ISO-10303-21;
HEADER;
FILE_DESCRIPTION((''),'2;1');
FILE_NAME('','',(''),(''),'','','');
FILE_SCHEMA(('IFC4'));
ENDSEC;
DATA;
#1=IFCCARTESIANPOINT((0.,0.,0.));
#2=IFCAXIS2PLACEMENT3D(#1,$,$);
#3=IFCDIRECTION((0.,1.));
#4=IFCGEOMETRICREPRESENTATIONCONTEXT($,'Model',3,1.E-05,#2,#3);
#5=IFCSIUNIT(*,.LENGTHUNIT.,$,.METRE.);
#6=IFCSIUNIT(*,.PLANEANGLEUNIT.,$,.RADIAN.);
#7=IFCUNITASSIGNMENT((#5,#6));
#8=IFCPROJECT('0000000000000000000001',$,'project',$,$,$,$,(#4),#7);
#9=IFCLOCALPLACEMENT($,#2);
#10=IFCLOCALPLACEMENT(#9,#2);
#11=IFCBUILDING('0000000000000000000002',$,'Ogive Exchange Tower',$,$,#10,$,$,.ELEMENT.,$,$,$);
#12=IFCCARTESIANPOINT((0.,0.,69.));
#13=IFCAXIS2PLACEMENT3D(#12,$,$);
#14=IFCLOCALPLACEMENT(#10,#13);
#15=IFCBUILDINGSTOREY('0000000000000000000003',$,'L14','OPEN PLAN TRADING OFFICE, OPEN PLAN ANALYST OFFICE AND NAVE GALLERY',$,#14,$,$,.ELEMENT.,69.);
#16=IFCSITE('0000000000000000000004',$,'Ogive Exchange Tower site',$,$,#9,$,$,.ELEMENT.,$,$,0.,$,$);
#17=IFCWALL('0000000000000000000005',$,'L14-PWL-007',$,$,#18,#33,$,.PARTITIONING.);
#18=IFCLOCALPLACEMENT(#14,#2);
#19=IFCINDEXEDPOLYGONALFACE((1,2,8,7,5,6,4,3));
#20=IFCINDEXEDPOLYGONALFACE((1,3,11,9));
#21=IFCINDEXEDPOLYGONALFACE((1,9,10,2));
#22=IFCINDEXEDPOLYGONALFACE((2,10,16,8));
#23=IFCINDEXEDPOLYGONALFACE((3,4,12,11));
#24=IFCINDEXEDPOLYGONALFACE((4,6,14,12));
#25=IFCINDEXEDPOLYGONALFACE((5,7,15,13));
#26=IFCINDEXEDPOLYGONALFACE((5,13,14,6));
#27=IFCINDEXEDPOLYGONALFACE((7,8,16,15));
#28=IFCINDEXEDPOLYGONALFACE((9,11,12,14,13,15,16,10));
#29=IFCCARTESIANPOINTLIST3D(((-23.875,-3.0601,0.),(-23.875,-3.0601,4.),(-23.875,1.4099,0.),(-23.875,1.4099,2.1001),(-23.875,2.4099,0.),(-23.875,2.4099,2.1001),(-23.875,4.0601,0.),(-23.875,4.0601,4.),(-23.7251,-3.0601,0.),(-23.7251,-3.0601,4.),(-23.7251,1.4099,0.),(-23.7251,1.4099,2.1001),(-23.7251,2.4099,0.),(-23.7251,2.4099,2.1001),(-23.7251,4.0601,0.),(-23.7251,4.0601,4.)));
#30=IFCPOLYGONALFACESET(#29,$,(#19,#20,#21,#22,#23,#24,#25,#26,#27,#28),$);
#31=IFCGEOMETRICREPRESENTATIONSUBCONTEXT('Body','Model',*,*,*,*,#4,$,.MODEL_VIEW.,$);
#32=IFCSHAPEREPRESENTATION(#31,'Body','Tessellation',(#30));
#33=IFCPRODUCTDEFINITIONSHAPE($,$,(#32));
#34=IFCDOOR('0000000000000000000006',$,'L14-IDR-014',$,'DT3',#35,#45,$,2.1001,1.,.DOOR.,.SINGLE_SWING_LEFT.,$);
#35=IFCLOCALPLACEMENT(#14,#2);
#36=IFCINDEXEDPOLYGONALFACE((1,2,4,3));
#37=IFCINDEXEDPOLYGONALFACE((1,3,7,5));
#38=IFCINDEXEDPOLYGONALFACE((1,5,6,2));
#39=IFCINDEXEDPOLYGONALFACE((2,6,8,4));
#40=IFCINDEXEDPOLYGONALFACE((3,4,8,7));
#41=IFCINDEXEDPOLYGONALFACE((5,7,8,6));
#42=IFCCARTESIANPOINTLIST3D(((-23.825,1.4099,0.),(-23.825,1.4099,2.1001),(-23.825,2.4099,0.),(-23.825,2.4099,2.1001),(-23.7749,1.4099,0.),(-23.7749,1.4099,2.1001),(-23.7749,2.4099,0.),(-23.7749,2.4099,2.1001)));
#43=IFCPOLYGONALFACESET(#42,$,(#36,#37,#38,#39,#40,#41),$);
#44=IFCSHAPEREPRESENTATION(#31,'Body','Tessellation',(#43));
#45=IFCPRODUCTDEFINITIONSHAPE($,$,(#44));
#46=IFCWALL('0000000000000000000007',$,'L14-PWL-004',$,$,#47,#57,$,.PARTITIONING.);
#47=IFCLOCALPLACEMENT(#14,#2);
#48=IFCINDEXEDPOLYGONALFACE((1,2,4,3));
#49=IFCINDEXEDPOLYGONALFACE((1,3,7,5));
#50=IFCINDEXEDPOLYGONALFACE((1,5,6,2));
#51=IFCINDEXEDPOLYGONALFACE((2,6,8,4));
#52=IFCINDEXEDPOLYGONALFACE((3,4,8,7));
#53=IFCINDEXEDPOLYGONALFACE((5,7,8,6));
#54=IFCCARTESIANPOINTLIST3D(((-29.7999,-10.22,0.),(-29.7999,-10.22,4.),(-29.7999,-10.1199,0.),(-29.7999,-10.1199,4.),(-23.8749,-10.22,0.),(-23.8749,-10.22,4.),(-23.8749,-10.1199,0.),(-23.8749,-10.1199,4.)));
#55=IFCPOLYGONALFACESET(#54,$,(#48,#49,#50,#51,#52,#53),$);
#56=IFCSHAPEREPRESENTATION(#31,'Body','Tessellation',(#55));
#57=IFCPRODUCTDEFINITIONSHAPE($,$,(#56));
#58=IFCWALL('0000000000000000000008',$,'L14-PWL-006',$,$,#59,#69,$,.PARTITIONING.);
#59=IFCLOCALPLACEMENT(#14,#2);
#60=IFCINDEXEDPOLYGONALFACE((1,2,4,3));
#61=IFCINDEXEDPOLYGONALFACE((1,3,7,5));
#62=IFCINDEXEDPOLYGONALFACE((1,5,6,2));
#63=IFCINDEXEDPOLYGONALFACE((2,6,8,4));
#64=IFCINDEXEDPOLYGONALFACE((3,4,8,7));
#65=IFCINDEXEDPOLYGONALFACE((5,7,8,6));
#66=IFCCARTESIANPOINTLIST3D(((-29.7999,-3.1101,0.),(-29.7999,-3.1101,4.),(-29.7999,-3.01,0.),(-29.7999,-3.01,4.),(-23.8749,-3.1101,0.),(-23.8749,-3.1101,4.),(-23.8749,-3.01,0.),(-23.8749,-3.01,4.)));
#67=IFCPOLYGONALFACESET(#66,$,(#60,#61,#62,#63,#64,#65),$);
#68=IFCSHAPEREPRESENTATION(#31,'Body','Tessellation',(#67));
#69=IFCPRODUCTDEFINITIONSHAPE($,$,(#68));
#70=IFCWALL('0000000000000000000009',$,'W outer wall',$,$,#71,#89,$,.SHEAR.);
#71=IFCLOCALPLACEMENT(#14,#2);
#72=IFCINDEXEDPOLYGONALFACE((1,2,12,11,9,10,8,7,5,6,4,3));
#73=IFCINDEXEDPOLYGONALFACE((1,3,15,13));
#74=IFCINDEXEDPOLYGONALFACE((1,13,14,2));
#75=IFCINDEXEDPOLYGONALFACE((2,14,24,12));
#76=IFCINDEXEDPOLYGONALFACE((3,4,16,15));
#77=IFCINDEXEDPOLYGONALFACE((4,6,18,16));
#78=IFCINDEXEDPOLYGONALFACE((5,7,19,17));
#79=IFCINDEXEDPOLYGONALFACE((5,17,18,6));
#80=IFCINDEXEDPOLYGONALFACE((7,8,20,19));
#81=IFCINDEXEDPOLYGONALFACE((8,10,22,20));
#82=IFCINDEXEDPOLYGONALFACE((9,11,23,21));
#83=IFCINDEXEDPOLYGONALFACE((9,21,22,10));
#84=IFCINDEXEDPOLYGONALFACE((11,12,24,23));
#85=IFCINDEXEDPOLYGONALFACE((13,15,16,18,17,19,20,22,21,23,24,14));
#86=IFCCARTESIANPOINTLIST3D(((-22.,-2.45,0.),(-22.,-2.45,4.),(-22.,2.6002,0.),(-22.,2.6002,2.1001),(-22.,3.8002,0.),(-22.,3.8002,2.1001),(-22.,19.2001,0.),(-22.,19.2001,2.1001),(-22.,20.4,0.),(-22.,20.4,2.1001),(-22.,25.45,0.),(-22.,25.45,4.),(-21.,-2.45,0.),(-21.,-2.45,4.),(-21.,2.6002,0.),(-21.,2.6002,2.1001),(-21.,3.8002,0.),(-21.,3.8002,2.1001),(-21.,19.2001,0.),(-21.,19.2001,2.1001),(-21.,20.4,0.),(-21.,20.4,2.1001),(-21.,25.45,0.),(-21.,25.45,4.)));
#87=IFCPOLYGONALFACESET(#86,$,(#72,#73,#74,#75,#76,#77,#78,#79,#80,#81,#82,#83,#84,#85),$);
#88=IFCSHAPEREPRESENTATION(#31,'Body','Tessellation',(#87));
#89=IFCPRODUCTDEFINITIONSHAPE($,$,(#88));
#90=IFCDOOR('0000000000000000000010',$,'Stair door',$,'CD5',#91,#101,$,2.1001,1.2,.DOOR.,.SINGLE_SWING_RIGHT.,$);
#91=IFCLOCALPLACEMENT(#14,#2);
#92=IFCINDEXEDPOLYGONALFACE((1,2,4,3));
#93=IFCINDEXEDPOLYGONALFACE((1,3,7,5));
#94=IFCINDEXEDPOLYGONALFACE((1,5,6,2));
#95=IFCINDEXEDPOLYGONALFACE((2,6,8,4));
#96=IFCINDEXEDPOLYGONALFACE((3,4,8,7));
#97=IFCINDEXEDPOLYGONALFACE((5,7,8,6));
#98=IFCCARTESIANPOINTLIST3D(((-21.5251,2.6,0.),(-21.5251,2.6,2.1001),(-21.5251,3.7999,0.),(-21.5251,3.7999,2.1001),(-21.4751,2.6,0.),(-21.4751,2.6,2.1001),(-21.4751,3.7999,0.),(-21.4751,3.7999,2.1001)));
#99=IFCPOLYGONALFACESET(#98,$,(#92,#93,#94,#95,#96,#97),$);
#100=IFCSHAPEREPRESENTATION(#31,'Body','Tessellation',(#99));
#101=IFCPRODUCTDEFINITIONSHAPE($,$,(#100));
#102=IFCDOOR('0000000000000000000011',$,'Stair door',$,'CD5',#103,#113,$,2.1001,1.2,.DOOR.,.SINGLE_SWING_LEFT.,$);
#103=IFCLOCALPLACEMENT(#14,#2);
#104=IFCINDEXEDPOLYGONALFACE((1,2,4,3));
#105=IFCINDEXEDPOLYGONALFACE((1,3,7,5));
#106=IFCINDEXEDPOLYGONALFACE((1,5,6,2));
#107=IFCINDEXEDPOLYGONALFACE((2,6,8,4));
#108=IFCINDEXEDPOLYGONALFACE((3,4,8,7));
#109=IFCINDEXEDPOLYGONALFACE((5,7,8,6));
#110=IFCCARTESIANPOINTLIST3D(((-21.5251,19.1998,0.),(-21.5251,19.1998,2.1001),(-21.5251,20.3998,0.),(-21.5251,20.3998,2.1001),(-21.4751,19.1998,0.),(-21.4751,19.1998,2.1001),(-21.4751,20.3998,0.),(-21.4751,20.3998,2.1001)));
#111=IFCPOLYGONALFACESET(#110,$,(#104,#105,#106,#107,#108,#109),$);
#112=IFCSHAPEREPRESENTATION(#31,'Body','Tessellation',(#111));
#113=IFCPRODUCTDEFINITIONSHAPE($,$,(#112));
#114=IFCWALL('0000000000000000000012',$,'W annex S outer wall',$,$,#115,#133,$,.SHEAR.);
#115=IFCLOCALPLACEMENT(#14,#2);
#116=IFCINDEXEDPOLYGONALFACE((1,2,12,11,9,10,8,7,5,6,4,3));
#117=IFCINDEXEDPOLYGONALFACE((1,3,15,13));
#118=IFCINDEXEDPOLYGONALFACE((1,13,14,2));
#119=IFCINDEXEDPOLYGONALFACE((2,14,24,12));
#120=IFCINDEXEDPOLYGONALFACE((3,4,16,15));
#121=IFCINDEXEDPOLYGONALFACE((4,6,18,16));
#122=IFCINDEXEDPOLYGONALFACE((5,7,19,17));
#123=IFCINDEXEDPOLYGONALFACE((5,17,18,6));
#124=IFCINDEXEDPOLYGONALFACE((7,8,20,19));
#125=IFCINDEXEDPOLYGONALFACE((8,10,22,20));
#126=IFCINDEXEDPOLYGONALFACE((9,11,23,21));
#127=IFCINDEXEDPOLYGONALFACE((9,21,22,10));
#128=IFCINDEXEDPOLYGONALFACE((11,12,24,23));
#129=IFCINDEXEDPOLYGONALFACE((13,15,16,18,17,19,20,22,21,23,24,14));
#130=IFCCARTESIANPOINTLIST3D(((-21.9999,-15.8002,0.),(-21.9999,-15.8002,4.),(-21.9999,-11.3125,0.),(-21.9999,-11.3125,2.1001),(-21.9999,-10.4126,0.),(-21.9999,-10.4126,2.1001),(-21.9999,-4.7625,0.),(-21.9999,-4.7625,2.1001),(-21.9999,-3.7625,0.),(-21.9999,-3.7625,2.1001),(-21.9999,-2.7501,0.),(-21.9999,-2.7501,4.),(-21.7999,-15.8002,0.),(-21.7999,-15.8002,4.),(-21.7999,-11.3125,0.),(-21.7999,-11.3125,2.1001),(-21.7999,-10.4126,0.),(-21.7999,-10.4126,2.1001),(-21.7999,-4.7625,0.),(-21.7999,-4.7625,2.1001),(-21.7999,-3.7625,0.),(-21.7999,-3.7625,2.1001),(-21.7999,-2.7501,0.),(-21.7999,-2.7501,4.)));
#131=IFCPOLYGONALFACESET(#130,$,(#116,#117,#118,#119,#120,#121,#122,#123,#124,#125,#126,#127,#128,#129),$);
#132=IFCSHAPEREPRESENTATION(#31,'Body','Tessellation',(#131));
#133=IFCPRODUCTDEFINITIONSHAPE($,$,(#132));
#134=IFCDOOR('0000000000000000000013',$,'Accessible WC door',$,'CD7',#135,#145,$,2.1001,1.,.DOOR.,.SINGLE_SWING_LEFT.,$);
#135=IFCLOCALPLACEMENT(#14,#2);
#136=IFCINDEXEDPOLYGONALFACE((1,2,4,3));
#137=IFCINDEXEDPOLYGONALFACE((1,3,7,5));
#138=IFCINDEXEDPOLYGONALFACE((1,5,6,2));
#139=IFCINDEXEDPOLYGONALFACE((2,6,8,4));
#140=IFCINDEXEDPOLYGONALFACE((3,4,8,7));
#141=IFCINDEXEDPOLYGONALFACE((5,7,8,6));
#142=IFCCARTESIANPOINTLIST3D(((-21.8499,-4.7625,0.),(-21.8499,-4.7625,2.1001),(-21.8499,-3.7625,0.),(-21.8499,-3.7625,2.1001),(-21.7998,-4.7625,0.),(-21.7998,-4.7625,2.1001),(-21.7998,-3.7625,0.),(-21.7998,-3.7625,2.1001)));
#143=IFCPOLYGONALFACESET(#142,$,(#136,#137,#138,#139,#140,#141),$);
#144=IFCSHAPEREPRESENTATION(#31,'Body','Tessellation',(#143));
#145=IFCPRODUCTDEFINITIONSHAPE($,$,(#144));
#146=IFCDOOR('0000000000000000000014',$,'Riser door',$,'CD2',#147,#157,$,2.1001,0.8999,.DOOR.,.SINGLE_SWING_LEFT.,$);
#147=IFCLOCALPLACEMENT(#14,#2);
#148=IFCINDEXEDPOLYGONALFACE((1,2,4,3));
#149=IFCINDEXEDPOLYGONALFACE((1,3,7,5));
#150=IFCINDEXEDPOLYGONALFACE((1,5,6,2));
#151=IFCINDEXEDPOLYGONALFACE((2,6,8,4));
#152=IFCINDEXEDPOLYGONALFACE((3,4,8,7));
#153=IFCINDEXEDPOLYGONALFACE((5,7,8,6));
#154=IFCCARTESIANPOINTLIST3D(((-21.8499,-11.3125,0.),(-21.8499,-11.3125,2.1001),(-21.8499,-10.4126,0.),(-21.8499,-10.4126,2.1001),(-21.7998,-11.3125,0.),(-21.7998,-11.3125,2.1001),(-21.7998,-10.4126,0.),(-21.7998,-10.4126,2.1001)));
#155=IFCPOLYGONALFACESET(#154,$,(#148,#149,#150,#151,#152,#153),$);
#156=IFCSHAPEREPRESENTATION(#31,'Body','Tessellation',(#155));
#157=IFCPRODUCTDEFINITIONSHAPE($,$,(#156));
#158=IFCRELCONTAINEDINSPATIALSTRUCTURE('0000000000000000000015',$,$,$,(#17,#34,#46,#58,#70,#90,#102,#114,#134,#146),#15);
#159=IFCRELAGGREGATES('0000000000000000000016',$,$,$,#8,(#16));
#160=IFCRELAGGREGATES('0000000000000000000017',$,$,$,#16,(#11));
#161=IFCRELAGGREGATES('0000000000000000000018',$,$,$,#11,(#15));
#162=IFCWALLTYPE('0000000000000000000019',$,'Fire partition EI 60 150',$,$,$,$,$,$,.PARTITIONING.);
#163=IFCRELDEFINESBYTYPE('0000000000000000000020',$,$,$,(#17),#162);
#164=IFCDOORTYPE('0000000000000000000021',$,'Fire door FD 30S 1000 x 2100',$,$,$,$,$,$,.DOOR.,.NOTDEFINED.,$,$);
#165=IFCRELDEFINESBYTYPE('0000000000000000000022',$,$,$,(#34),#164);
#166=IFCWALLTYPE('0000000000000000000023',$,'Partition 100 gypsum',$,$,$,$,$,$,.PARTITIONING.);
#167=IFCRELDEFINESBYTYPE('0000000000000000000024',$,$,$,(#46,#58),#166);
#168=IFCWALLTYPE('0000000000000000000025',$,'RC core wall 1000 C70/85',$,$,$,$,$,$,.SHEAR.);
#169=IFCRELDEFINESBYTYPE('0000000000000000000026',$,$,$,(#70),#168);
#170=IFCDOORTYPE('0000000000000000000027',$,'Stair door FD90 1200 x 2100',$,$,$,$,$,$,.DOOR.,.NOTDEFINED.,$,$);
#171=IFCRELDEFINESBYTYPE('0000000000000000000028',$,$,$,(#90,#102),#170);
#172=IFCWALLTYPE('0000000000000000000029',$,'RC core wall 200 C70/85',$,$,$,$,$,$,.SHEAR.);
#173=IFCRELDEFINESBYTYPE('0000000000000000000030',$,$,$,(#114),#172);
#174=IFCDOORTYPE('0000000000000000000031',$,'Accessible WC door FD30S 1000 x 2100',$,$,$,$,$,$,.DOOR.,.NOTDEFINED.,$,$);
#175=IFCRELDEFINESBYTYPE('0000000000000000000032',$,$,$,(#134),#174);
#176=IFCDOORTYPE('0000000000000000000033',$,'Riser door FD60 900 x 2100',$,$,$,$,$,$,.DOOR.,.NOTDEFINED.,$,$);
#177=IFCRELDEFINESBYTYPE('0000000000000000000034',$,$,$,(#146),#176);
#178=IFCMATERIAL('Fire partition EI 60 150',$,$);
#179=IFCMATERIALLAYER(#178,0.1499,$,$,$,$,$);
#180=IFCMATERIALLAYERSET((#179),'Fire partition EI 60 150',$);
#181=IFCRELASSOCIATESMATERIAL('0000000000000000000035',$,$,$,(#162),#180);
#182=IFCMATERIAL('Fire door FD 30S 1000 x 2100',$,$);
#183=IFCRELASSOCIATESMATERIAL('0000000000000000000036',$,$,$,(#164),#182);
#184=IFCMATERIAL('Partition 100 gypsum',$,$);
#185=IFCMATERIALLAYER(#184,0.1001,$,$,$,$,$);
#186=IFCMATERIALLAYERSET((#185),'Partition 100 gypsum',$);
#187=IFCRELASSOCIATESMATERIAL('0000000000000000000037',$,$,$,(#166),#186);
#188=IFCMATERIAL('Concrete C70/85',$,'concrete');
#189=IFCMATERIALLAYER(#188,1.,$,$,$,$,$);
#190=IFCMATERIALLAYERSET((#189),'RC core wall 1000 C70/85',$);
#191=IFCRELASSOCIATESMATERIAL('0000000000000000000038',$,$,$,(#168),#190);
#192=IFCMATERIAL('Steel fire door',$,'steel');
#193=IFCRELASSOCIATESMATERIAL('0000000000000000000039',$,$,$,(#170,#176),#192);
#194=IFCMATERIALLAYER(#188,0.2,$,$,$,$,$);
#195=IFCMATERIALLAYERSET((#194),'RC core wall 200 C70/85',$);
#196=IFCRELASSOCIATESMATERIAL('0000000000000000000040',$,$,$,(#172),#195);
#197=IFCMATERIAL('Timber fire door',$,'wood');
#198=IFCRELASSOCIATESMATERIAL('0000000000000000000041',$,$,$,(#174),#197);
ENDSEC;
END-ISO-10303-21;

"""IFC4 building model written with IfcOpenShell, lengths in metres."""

from ifc_helpers import new_model, si_unit, direction, frame, frame_2d, origin, place, context, subcontext, project, spatial, rectangle, extrude, material, layer, layer_set, type_object, element, fill, save


model = new_model("IFC4")

# Units and contexts
model_context = context("Model", 3, precision=1e-05, world=origin(), true_north=direction((0.0, 1.0)))
body_context = subcontext(model_context, "Body", "Model", "MODEL_VIEW")
ifc_project = project(units=[si_unit("LENGTHUNIT", "METRE"), si_unit("PLANEANGLEUNIT", "RADIAN")], contexts=[model_context])

# Site, building, storey
site_placement = place(None, origin())
site = spatial("IfcSite", under=ifc_project, at=site_placement, Name="Ogive Exchange Tower site", CompositionType="ELEMENT", RefElevation=0.0)
building_placement = place(site_placement, origin())
building = spatial("IfcBuilding", under=site, at=building_placement, Name="Ogive Exchange Tower", CompositionType="ELEMENT")
storey_placement = place(building_placement, frame((0.0, 0.0, 69.0)))
storey = spatial("IfcBuildingStorey", under=building, at=storey_placement, Name="L14", Description="OPEN PLAN TRADING OFFICE, OPEN PLAN ANALYST OFFICE AND NAVE GALLERY", CompositionType="ELEMENT", Elevation=69.0)

# Wall, opening, door
ifc_material_1 = material(Name="Fire partition EI 60 150")
ifc_layer_1 = layer(ifc_material_1, 0.1499)
ifc_layer_set_1 = layer_set([ifc_layer_1], Name="Fire partition EI 60 150")
wall_type_1 = type_object("IfcWallType", Name="Fire partition EI 60 150", PredefinedType="PARTITIONING", material=ifc_layer_set_1)
ifc_material_2 = material(Name="Fire door FD 30S 1000 x 2100")
door_type_1 = type_object("IfcDoorType", Name="Fire door FD 30S 1000 x 2100", OperationType="NOTDEFINED", PredefinedType="DOOR", material=ifc_material_2)
wall_1_placement = place(storey_placement, frame((-23.8, -3.0601, 0.0), z_axis=(0.0, 0.0, 1.0), x_axis=(0.0, 1.0, 0.0)))
wall_1 = element("IfcWall", 1, at=wall_1_placement, inside=storey, type_object=wall_type_1, Name="L14-PWL-007", PredefinedType="PARTITIONING", context=body_context, shape_type="SweptSolid", body=[
    extrude(rectangle(XDim=7.1201, YDim=0.1499, at=frame_2d((3.5601, 0.0))), origin(), (0.0, 0.0, 1.0), 4.0),
])
opening_1_placement = place(wall_1_placement, frame((4.47, 0.0, 0.0)))
opening_1 = element("IfcOpeningElement", 2, at=opening_1_placement, cuts=wall_1, PredefinedType="OPENING", context=body_context, shape_type="SweptSolid", body=[
    extrude(rectangle(XDim=1.0, YDim=2.1001, at=frame_2d((0.5, 1.05))), frame((0.0, 0.085, 0.0), z_axis=(0.0, -1.0, 0.0), x_axis=(1.0, 0.0, 0.0)), (0.0, 0.0, 1.0), 0.1699),
])
door_1_placement = place(opening_1_placement, origin())
door_1 = element("IfcDoor", 3, at=door_1_placement, inside=storey, type_object=door_type_1, Name="L14-IDR-014", ObjectType="DT3", OperationType="SINGLE_SWING_LEFT", OverallHeight=2.1001, OverallWidth=1.0, PredefinedType="DOOR", context=body_context, shape_type="SweptSolid", body=[
    extrude(rectangle(XDim=1.0, YDim=2.1001, at=frame_2d((0.5, 1.05))), frame((0.0, 0.0249, 0.0), z_axis=(0.0, -1.0, 0.0), x_axis=(1.0, 0.0, 0.0)), (0.0, 0.0, 1.0), 0.05),
])
fill(opening_1, door_1)

# Walls
ifc_material_3 = material(Name="Partition 100 gypsum")
ifc_layer_2 = layer(ifc_material_3, 0.1001)
ifc_layer_set_2 = layer_set([ifc_layer_2], Name="Partition 100 gypsum")
wall_type_2 = type_object("IfcWallType", Name="Partition 100 gypsum", PredefinedType="PARTITIONING", material=ifc_layer_set_2)
for number, where, z_axis, x_axis, name in (
    (4, (-23.875, -10.1699, 0.0), (0.0, 0.0, 1.0), (-1.0, 0.0, 0.0), "L14-PWL-004"),
    (5, (-23.875, -3.0601, 0.0), (0.0, 0.0, 1.0), (-1.0, 0.0, 0.0), "L14-PWL-006"),
):
    element("IfcWall", number, at=place(storey_placement, frame(where, z_axis=z_axis, x_axis=x_axis)), inside=storey, type_object=wall_type_2, Name=name, PredefinedType="PARTITIONING", context=body_context, shape_type="SweptSolid", body=[
        extrude(rectangle(XDim=5.925, YDim=0.1001, at=frame_2d((2.9624, 0.0))), origin(), (0.0, 0.0, 1.0), 4.0),
    ])

# Walls, openings, doors
ifc_material_4 = material(Name="Concrete C70/85", Category="concrete")
ifc_layer_3 = layer(ifc_material_4, 1.0)
ifc_layer_set_3 = layer_set([ifc_layer_3], Name="RC core wall 1000 C70/85")
wall_type_3 = type_object("IfcWallType", Name="RC core wall 1000 C70/85", PredefinedType="SHEAR", material=ifc_layer_set_3)
wall_2_placement = place(storey_placement, frame((-21.5, -2.45, 0.0), z_axis=(0.0, 0.0, 1.0), x_axis=(0.0, 1.0, 0.0)))
wall_2 = element("IfcWall", 6, at=wall_2_placement, inside=storey, type_object=wall_type_3, Name="W outer wall", PredefinedType="SHEAR", context=body_context, shape_type="SweptSolid", body=[
    extrude(rectangle(XDim=27.8999, YDim=1.0, at=frame_2d((13.95, 0.0))), origin(), (0.0, 0.0, 1.0), 4.0),
])
opening_2_placement = place(wall_2_placement, frame((5.05, 0.0, 0.0)))
opening_2 = element("IfcOpeningElement", 7, at=opening_2_placement, cuts=wall_2, PredefinedType="OPENING", context=body_context, shape_type="SweptSolid", body=[
    extrude(rectangle(XDim=1.2, YDim=2.1001, at=frame_2d((0.6001, 1.05))), frame((0.0, 0.51, 0.0), z_axis=(0.0, -1.0, 0.0), x_axis=(1.0, 0.0, 0.0)), (0.0, 0.0, 1.0), 1.02),
])
opening_3_placement = place(wall_2_placement, frame((21.6499, 0.0, 0.0)))
opening_3 = element("IfcOpeningElement", 8, at=opening_3_placement, cuts=wall_2, PredefinedType="OPENING", context=body_context, shape_type="SweptSolid", body=[
    extrude(rectangle(XDim=1.2, YDim=2.1001, at=frame_2d((0.6001, 1.05))), frame((0.0, 0.51, 0.0), z_axis=(0.0, -1.0, 0.0), x_axis=(1.0, 0.0, 0.0)), (0.0, 0.0, 1.0), 1.02),
])
ifc_material_5 = material(Name="Steel fire door", Category="steel")
door_type_2 = type_object("IfcDoorType", Name="Stair door FD90 1200 x 2100", OperationType="NOTDEFINED", PredefinedType="DOOR", material=ifc_material_5)
door_2_placement = place(opening_2_placement, frame((1.2, 0.0, 0.0), z_axis=(0.0, 0.0, 1.0), x_axis=(-1.0, 0.0, 0.0)))
door_2 = element("IfcDoor", 9, at=door_2_placement, inside=storey, type_object=door_type_2, Name="Stair door", ObjectType="CD5", OperationType="SINGLE_SWING_RIGHT", OverallHeight=2.1001, OverallWidth=1.2, PredefinedType="DOOR", context=body_context, shape_type="SweptSolid", body=[
    extrude(rectangle(XDim=1.2, YDim=2.1001, at=frame_2d((0.6001, 1.05))), frame((0.0, 0.0249, 0.0), z_axis=(0.0, -1.0, 0.0), x_axis=(1.0, 0.0, 0.0)), (0.0, 0.0, 1.0), 0.05),
])
fill(opening_2, door_2)
door_3_placement = place(opening_3_placement, frame((1.2, 0.0, 0.0), z_axis=(0.0, 0.0, 1.0), x_axis=(-1.0, 0.0, 0.0)))
door_3 = element("IfcDoor", 10, at=door_3_placement, inside=storey, type_object=door_type_2, Name="Stair door", ObjectType="CD5", OperationType="SINGLE_SWING_LEFT", OverallHeight=2.1001, OverallWidth=1.2, PredefinedType="DOOR", context=body_context, shape_type="SweptSolid", body=[
    extrude(rectangle(XDim=1.2, YDim=2.1001, at=frame_2d((0.6001, 1.05))), frame((0.0, 0.0249, 0.0), z_axis=(0.0, -1.0, 0.0), x_axis=(1.0, 0.0, 0.0)), (0.0, 0.0, 1.0), 0.05),
])
fill(opening_3, door_3)
ifc_layer_4 = layer(ifc_material_4, 0.2)
ifc_layer_set_4 = layer_set([ifc_layer_4], Name="RC core wall 200 C70/85")
wall_type_4 = type_object("IfcWallType", Name="RC core wall 200 C70/85", PredefinedType="SHEAR", material=ifc_layer_set_4)
wall_3_placement = place(storey_placement, frame((-21.8999, -15.8, 0.0), z_axis=(0.0, 0.0, 1.0), x_axis=(0.0, 1.0, 0.0)))
wall_3 = element("IfcWall", 11, at=wall_3_placement, inside=storey, type_object=wall_type_4, Name="W annex S outer wall", PredefinedType="SHEAR", context=body_context, shape_type="SweptSolid", body=[
    extrude(rectangle(XDim=13.05, YDim=0.2, at=frame_2d((6.5249, 0.0))), origin(), (0.0, 0.0, 1.0), 4.0),
])
opening_4_placement = place(wall_3_placement, frame((4.4875, 0.0, 0.0)))
opening_4 = element("IfcOpeningElement", 12, at=opening_4_placement, cuts=wall_3, PredefinedType="OPENING", context=body_context, shape_type="SweptSolid", body=[
    extrude(rectangle(XDim=0.8999, YDim=2.1001, at=frame_2d((0.45, 1.05))), frame((0.0, 0.1099, 0.0), z_axis=(0.0, -1.0, 0.0), x_axis=(1.0, 0.0, 0.0)), (0.0, 0.0, 1.0), 0.22),
])
opening_5_placement = place(wall_3_placement, frame((11.0376, 0.0, 0.0)))
opening_5 = element("IfcOpeningElement", 13, at=opening_5_placement, cuts=wall_3, PredefinedType="OPENING", context=body_context, shape_type="SweptSolid", body=[
    extrude(rectangle(XDim=1.0, YDim=2.1001, at=frame_2d((0.5, 1.05))), frame((0.0, 0.1099, 0.0), z_axis=(0.0, -1.0, 0.0), x_axis=(1.0, 0.0, 0.0)), (0.0, 0.0, 1.0), 0.22),
])
ifc_material_6 = material(Name="Timber fire door", Category="wood")
door_type_3 = type_object("IfcDoorType", Name="Accessible WC door FD30S 1000 x 2100", OperationType="NOTDEFINED", PredefinedType="DOOR", material=ifc_material_6)
door_4_placement = place(opening_5_placement, frame((1.0, -0.1499, 0.0), z_axis=(0.0, 0.0, 1.0), x_axis=(-1.0, 0.0, 0.0)))
door_4 = element("IfcDoor", 14, at=door_4_placement, inside=storey, type_object=door_type_3, Name="Accessible WC door", ObjectType="CD7", OperationType="SINGLE_SWING_LEFT", OverallHeight=2.1001, OverallWidth=1.0, PredefinedType="DOOR", context=body_context, shape_type="SweptSolid", body=[
    extrude(rectangle(XDim=1.0, YDim=2.1001, at=frame_2d((0.5, 1.05))), frame((0.0, -0.0498, 0.0), z_axis=(0.0, -1.0, 0.0), x_axis=(1.0, 0.0, 0.0)), (0.0, 0.0, 1.0), 0.05),
])
fill(opening_5, door_4)
door_type_4 = type_object("IfcDoorType", Name="Riser door FD60 900 x 2100", OperationType="NOTDEFINED", PredefinedType="DOOR", material=ifc_material_5)
door_5_placement = place(opening_4_placement, frame((0.8999, -0.1499, 0.0), z_axis=(0.0, 0.0, 1.0), x_axis=(-1.0, 0.0, 0.0)))
door_5 = element("IfcDoor", 15, at=door_5_placement, inside=storey, type_object=door_type_4, Name="Riser door", ObjectType="CD2", OperationType="SINGLE_SWING_LEFT", OverallHeight=2.1001, OverallWidth=0.8999, PredefinedType="DOOR", context=body_context, shape_type="SweptSolid", body=[
    extrude(rectangle(XDim=0.8999, YDim=2.1001, at=frame_2d((0.45, 1.05))), frame((0.0, -0.0498, 0.0), z_axis=(0.0, -1.0, 0.0), x_axis=(1.0, 0.0, 0.0)), (0.0, 0.0, 1.0), 0.05),
])
fill(opening_4, door_5)

save(model, "model.ifc")
